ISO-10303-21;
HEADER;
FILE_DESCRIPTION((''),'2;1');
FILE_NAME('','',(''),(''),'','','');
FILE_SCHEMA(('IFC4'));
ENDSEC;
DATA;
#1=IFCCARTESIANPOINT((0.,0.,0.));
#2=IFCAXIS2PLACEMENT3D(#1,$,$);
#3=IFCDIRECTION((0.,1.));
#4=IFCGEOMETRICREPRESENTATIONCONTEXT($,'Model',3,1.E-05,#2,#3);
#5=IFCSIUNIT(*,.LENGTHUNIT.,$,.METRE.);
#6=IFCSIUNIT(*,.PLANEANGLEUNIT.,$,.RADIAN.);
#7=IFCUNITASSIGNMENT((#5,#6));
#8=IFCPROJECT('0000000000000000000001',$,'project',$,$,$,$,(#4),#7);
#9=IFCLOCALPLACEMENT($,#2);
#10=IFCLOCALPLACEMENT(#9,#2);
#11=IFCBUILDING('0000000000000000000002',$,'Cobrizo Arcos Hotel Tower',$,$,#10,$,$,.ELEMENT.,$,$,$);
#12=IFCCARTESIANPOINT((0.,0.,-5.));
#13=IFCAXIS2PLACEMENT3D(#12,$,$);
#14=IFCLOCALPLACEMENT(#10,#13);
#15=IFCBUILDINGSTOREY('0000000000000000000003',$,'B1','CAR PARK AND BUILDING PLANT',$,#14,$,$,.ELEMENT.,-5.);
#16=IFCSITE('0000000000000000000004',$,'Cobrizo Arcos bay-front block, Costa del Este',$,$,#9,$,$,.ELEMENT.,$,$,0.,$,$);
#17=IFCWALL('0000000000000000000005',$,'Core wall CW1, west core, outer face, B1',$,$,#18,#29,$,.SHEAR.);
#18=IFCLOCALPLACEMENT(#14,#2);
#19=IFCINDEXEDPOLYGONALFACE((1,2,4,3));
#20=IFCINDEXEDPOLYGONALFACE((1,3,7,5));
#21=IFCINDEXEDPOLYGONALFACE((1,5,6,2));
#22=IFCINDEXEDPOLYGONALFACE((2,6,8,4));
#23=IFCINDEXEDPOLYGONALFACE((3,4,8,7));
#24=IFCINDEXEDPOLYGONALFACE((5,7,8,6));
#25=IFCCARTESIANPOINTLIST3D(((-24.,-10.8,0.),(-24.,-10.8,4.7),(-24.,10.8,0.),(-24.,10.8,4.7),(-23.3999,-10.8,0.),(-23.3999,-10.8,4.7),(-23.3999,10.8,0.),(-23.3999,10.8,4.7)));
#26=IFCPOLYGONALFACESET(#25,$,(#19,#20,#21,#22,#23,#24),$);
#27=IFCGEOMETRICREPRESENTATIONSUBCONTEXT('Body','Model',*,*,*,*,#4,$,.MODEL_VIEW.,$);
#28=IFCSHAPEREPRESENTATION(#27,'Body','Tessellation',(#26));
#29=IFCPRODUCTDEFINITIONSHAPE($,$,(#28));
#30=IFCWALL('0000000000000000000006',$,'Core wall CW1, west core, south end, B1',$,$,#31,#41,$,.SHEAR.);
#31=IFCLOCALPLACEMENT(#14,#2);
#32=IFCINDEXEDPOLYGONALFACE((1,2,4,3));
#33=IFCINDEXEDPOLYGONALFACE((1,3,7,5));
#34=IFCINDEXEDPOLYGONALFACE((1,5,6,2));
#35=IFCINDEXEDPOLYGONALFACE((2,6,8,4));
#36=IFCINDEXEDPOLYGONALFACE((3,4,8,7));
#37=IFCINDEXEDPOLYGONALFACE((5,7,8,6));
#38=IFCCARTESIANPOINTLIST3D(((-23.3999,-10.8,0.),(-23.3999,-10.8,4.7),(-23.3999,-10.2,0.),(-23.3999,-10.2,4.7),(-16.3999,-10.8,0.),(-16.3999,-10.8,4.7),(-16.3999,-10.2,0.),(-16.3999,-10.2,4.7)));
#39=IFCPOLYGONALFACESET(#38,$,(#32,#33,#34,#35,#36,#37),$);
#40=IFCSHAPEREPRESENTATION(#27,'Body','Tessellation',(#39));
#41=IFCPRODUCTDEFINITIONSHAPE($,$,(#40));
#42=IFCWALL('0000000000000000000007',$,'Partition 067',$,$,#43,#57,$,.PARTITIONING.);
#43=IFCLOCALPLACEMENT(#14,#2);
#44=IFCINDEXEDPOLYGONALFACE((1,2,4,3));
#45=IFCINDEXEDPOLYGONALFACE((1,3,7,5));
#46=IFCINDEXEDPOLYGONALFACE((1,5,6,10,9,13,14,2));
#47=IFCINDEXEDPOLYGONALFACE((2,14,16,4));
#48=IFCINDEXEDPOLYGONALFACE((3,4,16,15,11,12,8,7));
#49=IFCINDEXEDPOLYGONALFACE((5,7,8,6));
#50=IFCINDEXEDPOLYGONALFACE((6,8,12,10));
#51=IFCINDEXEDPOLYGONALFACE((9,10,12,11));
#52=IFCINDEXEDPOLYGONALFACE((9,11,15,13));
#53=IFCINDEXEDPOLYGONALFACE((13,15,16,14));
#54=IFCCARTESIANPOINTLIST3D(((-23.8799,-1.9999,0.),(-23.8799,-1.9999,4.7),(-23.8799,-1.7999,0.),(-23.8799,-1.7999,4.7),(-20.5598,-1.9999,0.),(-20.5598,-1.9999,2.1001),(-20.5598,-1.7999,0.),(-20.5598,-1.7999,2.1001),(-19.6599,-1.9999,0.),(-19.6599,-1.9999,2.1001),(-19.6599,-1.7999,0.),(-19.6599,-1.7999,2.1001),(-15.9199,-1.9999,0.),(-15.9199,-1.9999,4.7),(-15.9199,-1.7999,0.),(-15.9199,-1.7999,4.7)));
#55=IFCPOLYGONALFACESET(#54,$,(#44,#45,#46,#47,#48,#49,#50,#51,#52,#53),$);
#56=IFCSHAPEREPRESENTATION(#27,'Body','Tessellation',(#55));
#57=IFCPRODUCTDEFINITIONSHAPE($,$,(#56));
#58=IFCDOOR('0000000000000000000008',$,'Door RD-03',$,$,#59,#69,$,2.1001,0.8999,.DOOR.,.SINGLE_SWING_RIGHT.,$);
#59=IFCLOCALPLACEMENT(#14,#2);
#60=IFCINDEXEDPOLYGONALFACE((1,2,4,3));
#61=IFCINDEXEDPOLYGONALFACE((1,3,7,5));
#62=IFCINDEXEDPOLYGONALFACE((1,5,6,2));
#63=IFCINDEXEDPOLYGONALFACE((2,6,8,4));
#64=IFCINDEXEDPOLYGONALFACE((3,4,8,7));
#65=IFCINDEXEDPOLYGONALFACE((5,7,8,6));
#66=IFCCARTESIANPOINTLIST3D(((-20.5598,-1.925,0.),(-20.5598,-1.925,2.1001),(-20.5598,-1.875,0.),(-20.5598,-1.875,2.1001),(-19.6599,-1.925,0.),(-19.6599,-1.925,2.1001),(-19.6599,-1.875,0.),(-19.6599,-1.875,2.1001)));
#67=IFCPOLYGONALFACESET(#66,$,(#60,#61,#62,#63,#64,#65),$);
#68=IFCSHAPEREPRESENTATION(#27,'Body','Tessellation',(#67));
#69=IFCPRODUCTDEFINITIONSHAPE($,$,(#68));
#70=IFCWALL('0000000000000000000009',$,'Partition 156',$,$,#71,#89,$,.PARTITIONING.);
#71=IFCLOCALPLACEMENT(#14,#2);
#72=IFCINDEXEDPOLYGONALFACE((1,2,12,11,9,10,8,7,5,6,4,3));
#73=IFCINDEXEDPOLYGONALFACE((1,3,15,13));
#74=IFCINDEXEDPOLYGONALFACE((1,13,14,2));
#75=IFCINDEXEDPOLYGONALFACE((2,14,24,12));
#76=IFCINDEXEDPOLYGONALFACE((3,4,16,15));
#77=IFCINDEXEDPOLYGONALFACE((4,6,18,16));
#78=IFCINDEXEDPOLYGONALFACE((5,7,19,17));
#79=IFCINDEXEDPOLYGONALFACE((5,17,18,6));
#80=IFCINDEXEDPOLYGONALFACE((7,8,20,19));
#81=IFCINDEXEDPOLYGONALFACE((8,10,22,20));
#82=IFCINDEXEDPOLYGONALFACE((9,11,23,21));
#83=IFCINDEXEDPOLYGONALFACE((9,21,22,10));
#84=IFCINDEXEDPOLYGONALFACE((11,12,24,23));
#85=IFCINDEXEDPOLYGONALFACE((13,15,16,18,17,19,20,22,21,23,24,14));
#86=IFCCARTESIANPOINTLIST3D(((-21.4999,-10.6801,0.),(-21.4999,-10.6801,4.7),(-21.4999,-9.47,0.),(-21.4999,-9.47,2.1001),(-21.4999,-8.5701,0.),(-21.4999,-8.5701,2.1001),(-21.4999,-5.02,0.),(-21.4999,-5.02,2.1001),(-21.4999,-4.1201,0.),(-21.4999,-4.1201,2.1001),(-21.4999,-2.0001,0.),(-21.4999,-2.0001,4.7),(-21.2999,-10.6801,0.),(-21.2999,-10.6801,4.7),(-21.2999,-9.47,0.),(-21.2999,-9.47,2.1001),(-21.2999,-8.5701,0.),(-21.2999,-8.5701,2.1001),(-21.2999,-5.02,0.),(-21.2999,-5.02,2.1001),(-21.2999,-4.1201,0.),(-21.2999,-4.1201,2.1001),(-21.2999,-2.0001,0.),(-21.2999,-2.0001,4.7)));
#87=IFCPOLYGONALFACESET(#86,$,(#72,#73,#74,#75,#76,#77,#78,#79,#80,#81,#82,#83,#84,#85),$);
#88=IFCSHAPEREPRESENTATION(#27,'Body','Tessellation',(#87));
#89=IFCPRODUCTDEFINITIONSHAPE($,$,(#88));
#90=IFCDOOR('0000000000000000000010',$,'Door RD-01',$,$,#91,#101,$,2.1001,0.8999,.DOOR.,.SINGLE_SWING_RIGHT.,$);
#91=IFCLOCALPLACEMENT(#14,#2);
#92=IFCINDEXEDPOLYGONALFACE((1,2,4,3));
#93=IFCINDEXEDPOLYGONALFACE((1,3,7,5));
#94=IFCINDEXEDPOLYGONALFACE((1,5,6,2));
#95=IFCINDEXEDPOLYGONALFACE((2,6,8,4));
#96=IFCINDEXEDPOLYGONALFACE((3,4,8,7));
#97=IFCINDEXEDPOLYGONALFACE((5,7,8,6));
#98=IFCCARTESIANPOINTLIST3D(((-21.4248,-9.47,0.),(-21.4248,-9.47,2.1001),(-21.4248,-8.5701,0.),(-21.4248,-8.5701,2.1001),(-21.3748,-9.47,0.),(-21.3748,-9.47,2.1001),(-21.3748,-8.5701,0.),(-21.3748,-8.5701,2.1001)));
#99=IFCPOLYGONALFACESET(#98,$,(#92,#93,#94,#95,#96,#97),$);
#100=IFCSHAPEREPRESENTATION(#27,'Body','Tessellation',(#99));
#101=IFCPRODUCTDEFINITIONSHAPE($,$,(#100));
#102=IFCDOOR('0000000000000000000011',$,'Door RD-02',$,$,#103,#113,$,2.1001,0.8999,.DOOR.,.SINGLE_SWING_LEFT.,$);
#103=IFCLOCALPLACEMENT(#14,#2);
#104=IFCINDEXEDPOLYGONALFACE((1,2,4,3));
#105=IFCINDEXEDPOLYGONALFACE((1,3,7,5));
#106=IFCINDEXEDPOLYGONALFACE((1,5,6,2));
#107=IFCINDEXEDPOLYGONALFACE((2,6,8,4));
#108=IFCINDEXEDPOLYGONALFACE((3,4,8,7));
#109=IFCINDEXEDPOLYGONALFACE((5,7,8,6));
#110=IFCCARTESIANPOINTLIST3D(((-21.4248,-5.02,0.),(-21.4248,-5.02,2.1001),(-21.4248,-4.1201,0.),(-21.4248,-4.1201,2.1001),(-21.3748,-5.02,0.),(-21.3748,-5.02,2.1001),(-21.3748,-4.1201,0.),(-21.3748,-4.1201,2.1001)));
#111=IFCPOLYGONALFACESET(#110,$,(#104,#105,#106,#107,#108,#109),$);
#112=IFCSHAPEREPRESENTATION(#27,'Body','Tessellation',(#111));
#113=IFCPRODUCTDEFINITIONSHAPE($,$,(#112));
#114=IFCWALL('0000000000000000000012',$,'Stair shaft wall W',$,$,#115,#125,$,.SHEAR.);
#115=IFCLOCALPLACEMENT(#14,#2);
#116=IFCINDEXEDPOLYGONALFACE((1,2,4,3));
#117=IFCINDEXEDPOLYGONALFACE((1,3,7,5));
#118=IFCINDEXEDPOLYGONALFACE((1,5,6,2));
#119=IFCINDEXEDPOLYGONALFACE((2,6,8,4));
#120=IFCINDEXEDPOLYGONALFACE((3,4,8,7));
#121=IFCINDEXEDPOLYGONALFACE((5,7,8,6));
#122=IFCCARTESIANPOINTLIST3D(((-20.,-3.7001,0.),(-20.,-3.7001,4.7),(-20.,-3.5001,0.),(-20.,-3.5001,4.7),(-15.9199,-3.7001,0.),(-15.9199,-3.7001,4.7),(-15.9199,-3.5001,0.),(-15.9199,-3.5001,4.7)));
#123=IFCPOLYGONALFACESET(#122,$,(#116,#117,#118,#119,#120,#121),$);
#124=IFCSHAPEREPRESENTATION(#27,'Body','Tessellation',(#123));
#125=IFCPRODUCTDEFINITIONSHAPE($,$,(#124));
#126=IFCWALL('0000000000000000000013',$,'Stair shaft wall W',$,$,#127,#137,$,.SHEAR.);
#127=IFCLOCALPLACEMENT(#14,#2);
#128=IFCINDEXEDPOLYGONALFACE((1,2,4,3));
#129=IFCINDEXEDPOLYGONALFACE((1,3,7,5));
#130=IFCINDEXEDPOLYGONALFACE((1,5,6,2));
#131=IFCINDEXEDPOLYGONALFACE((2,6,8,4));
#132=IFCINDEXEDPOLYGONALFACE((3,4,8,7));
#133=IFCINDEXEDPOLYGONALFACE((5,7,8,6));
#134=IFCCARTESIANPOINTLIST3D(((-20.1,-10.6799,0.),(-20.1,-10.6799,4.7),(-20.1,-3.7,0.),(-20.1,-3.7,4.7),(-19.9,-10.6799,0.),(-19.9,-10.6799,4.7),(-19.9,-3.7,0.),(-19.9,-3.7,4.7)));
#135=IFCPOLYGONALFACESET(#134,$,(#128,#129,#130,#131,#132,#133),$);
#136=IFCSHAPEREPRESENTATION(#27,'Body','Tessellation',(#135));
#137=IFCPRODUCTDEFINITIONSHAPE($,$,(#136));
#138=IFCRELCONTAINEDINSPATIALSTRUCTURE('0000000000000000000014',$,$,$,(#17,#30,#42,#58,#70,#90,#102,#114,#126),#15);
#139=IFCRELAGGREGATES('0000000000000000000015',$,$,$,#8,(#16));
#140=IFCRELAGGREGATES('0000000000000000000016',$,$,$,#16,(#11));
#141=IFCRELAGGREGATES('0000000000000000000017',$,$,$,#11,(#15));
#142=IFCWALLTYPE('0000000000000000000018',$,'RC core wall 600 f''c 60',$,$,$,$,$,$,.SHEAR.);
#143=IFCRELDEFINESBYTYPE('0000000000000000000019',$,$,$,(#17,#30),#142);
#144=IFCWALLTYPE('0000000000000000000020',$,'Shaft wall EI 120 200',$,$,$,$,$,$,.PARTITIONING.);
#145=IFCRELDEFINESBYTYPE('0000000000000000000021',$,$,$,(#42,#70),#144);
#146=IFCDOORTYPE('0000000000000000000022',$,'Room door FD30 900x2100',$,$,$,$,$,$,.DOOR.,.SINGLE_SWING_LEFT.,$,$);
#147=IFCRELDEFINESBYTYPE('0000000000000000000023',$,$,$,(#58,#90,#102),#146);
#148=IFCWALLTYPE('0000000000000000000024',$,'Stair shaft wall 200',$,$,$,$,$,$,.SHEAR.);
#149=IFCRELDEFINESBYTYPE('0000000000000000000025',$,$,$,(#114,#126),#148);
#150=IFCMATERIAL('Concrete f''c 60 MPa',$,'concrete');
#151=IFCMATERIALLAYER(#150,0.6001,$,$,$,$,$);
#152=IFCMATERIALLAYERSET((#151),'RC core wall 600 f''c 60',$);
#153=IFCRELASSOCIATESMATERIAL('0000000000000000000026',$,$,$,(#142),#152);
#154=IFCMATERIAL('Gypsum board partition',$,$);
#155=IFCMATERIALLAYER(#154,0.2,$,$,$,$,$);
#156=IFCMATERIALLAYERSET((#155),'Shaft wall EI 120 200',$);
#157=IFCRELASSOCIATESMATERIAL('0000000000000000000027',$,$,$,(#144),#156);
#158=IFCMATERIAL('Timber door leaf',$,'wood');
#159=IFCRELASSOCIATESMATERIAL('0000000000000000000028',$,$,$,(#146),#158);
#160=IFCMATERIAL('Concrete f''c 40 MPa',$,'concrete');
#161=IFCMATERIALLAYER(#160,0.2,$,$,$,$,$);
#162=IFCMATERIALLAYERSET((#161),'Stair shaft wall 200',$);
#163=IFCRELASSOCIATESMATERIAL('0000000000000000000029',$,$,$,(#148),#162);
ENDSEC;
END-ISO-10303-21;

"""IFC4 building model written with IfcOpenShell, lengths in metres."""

from ifc_helpers import new_model, si_unit, direction, frame, frame_2d, origin, place, context, subcontext, project, spatial, rectangle, extrude, material, layer, layer_set, type_object, element, fill, save


model = new_model("IFC4")

# Units and contexts
model_context = context("Model", 3, precision=1e-05, world=origin(), true_north=direction((0.0, 1.0)))
body_context = subcontext(model_context, "Body", "Model", "MODEL_VIEW")
ifc_project = project(units=[si_unit("LENGTHUNIT", "METRE"), si_unit("PLANEANGLEUNIT", "RADIAN")], contexts=[model_context])

# Site, building, storey
site_placement = place(None, origin())
site = spatial("IfcSite", under=ifc_project, at=site_placement, Name="Cobrizo Arcos bay-front block, Costa del Este", CompositionType="ELEMENT", RefElevation=0.0)
building_placement = place(site_placement, origin())
building = spatial("IfcBuilding", under=site, at=building_placement, Name="Cobrizo Arcos Hotel Tower", CompositionType="ELEMENT")
storey_placement = place(building_placement, frame((0.0, 0.0, -5.0)))
storey = spatial("IfcBuildingStorey", under=building, at=storey_placement, Name="B1", Description="CAR PARK AND BUILDING PLANT", CompositionType="ELEMENT", Elevation=-5.0)

# Walls
ifc_material_1 = material(Name="Gypsum board partition")
ifc_material_2 = material(Name="Concrete f'c 60 MPa", Category="concrete")
ifc_layer_1 = layer(ifc_material_2, 0.6001)
ifc_layer_set_1 = layer_set([ifc_layer_1], Name="RC core wall 600 f'c 60")
wall_type_1 = type_object("IfcWallType", Name="RC core wall 600 f'c 60", PredefinedType="SHEAR", material=ifc_layer_set_1)
wall_1_placement = place(storey_placement, frame((-23.7, -10.8, 0.0), z_axis=(0.0, 0.0, 1.0), x_axis=(0.0, 1.0, 0.0)))
element("IfcWall", 1, at=wall_1_placement, inside=storey, type_object=wall_type_1, Name="Core wall CW1, west core, outer face, B1", PredefinedType="SHEAR", context=body_context, shape_type="SweptSolid", body=[
    extrude(rectangle(XDim=21.6001, YDim=0.6001, at=frame_2d((10.8, 0.0))), origin(), (0.0, 0.0, 1.0), 4.7),
])
wall_2_placement = place(storey_placement, frame((-23.3999, -10.5, 0.0), z_axis=(0.0, 0.0, 1.0), x_axis=(1.0, 0.0, 0.0)))
element("IfcWall", 2, at=wall_2_placement, inside=storey, type_object=wall_type_1, Name="Core wall CW1, west core, south end, B1", PredefinedType="SHEAR", context=body_context, shape_type="SweptSolid", body=[
    extrude(rectangle(XDim=7.0, YDim=0.6001, at=frame_2d((3.5, 0.0))), origin(), (0.0, 0.0, 1.0), 4.7),
])

# Wall, opening, door
ifc_layer_2 = layer(ifc_material_1, 0.2)
ifc_layer_set_2 = layer_set([ifc_layer_2], Name="Shaft wall EI 120 200")
wall_type_2 = type_object("IfcWallType", Name="Shaft wall EI 120 200", PredefinedType="PARTITIONING", material=ifc_layer_set_2)
wall_3_placement = place(storey_placement, frame((-23.8799, -1.8999, 0.0), z_axis=(0.0, 0.0, 1.0), x_axis=(1.0, 0.0, 0.0)))
wall_3 = element("IfcWall", 3, at=wall_3_placement, inside=storey, type_object=wall_type_2, Name="Partition 067", PredefinedType="PARTITIONING", context=body_context, shape_type="SweptSolid", body=[
    extrude(rectangle(XDim=7.96, YDim=0.2, at=frame_2d((3.98, 0.0))), origin(), (0.0, 0.0, 1.0), 4.7),
])
opening_1_placement = place(wall_3_placement, frame((3.3201, 0.0, 0.0)))
opening_1 = element("IfcOpeningElement", 4, at=opening_1_placement, cuts=wall_3, PredefinedType="OPENING", context=body_context, shape_type="SweptSolid", body=[
    extrude(rectangle(XDim=0.8999, YDim=2.1001, at=frame_2d((0.45, 1.05))), frame((0.0, 0.1121, 0.0), z_axis=(0.0, -1.0, 0.0), x_axis=(1.0, 0.0, 0.0)), (0.0, 0.0, 1.0), 0.2239),
])
ifc_material_3 = material(Name="Timber door leaf", Category="wood")
door_type = type_object("IfcDoorType", Name="Room door FD30 900x2100", OperationType="SINGLE_SWING_LEFT", PredefinedType="DOOR", material=ifc_material_3)
door_1_placement = place(opening_1_placement, origin())
door_1 = element("IfcDoor", 5, at=door_1_placement, inside=storey, type_object=door_type, Name="Door RD-03", OperationType="SINGLE_SWING_RIGHT", OverallHeight=2.1001, OverallWidth=0.8999, PredefinedType="DOOR", context=body_context, shape_type="SweptSolid", body=[
    extrude(rectangle(XDim=0.8999, YDim=2.1001, at=frame_2d((0.45, 1.05))), frame((0.0, 0.0249, 0.0), z_axis=(0.0, -1.0, 0.0), x_axis=(1.0, 0.0, 0.0)), (0.0, 0.0, 1.0), 0.05),
])
fill(opening_1, door_1)

# Wall, openings, doors
wall_4_placement = place(storey_placement, frame((-21.3999, -10.6799, 0.0), z_axis=(0.0, 0.0, 1.0), x_axis=(0.0, 1.0, 0.0)))
wall_4 = element("IfcWall", 6, at=wall_4_placement, inside=storey, type_object=wall_type_2, Name="Partition 156", PredefinedType="PARTITIONING", context=body_context, shape_type="SweptSolid", body=[
    extrude(rectangle(XDim=8.6799, YDim=0.2, at=frame_2d((4.3398, 0.0))), origin(), (0.0, 0.0, 1.0), 4.7),
])
opening_2_placement = place(wall_4_placement, frame((1.21, 0.0, 0.0)))
opening_2 = element("IfcOpeningElement", 7, at=opening_2_placement, cuts=wall_4, PredefinedType="OPENING", context=body_context, shape_type="SweptSolid", body=[
    extrude(rectangle(XDim=0.8999, YDim=2.1001, at=frame_2d((0.45, 1.05))), frame((0.0, 0.1121, 0.0), z_axis=(0.0, -1.0, 0.0), x_axis=(1.0, 0.0, 0.0)), (0.0, 0.0, 1.0), 0.2239),
])
opening_3_placement = place(wall_4_placement, frame((5.6599, 0.0, 0.0)))
opening_3 = element("IfcOpeningElement", 8, at=opening_3_placement, cuts=wall_4, PredefinedType="OPENING", context=body_context, shape_type="SweptSolid", body=[
    extrude(rectangle(XDim=0.8999, YDim=2.1001, at=frame_2d((0.45, 1.05))), frame((0.0, 0.1121, 0.0), z_axis=(0.0, -1.0, 0.0), x_axis=(1.0, 0.0, 0.0)), (0.0, 0.0, 1.0), 0.2239),
])
door_2_placement = place(opening_2_placement, origin())
door_2 = element("IfcDoor", 9, at=door_2_placement, inside=storey, type_object=door_type, Name="Door RD-01", OperationType="SINGLE_SWING_RIGHT", OverallHeight=2.1001, OverallWidth=0.8999, PredefinedType="DOOR", context=body_context, shape_type="SweptSolid", body=[
    extrude(rectangle(XDim=0.8999, YDim=2.1001, at=frame_2d((0.45, 1.05))), frame((0.0, 0.0249, 0.0), z_axis=(0.0, -1.0, 0.0), x_axis=(1.0, 0.0, 0.0)), (0.0, 0.0, 1.0), 0.05),
])
fill(opening_2, door_2)
door_3_placement = place(opening_3_placement, origin())
door_3 = element("IfcDoor", 10, at=door_3_placement, inside=storey, type_object=door_type, Name="Door RD-02", OperationType="SINGLE_SWING_LEFT", OverallHeight=2.1001, OverallWidth=0.8999, PredefinedType="DOOR", context=body_context, shape_type="SweptSolid", body=[
    extrude(rectangle(XDim=0.8999, YDim=2.1001, at=frame_2d((0.45, 1.05))), frame((0.0, 0.0249, 0.0), z_axis=(0.0, -1.0, 0.0), x_axis=(1.0, 0.0, 0.0)), (0.0, 0.0, 1.0), 0.05),
])
fill(opening_3, door_3)

# Walls
ifc_material_4 = material(Name="Concrete f'c 40 MPa", Category="concrete")
ifc_layer_3 = layer(ifc_material_4, 0.2)
ifc_layer_set_3 = layer_set([ifc_layer_3], Name="Stair shaft wall 200")
wall_type_3 = type_object("IfcWallType", Name="Stair shaft wall 200", PredefinedType="SHEAR", material=ifc_layer_set_3)
wall_5_placement = place(storey_placement, frame((-20.0, -3.6001, 0.0), z_axis=(0.0, 0.0, 1.0), x_axis=(1.0, 0.0, 0.0)))
element("IfcWall", 11, at=wall_5_placement, inside=storey, type_object=wall_type_3, Name="Stair shaft wall W", PredefinedType="SHEAR", context=body_context, shape_type="SweptSolid", body=[
    extrude(rectangle(XDim=4.0801, YDim=0.2, at=frame_2d((2.04, 0.0))), origin(), (0.0, 0.0, 1.0), 4.7),
])
wall_6_placement = place(storey_placement, frame((-20.0, -10.6799, 0.0), z_axis=(0.0, 0.0, 1.0), x_axis=(0.0, 1.0, 0.0)))
element("IfcWall", 12, at=wall_6_placement, inside=storey, type_object=wall_type_3, Name="Stair shaft wall W", PredefinedType="SHEAR", context=body_context, shape_type="SweptSolid", body=[
    extrude(rectangle(XDim=6.98, YDim=0.2, at=frame_2d((3.49, 0.0))), origin(), (0.0, 0.0, 1.0), 4.7),
])

save(model, "model.ifc")
